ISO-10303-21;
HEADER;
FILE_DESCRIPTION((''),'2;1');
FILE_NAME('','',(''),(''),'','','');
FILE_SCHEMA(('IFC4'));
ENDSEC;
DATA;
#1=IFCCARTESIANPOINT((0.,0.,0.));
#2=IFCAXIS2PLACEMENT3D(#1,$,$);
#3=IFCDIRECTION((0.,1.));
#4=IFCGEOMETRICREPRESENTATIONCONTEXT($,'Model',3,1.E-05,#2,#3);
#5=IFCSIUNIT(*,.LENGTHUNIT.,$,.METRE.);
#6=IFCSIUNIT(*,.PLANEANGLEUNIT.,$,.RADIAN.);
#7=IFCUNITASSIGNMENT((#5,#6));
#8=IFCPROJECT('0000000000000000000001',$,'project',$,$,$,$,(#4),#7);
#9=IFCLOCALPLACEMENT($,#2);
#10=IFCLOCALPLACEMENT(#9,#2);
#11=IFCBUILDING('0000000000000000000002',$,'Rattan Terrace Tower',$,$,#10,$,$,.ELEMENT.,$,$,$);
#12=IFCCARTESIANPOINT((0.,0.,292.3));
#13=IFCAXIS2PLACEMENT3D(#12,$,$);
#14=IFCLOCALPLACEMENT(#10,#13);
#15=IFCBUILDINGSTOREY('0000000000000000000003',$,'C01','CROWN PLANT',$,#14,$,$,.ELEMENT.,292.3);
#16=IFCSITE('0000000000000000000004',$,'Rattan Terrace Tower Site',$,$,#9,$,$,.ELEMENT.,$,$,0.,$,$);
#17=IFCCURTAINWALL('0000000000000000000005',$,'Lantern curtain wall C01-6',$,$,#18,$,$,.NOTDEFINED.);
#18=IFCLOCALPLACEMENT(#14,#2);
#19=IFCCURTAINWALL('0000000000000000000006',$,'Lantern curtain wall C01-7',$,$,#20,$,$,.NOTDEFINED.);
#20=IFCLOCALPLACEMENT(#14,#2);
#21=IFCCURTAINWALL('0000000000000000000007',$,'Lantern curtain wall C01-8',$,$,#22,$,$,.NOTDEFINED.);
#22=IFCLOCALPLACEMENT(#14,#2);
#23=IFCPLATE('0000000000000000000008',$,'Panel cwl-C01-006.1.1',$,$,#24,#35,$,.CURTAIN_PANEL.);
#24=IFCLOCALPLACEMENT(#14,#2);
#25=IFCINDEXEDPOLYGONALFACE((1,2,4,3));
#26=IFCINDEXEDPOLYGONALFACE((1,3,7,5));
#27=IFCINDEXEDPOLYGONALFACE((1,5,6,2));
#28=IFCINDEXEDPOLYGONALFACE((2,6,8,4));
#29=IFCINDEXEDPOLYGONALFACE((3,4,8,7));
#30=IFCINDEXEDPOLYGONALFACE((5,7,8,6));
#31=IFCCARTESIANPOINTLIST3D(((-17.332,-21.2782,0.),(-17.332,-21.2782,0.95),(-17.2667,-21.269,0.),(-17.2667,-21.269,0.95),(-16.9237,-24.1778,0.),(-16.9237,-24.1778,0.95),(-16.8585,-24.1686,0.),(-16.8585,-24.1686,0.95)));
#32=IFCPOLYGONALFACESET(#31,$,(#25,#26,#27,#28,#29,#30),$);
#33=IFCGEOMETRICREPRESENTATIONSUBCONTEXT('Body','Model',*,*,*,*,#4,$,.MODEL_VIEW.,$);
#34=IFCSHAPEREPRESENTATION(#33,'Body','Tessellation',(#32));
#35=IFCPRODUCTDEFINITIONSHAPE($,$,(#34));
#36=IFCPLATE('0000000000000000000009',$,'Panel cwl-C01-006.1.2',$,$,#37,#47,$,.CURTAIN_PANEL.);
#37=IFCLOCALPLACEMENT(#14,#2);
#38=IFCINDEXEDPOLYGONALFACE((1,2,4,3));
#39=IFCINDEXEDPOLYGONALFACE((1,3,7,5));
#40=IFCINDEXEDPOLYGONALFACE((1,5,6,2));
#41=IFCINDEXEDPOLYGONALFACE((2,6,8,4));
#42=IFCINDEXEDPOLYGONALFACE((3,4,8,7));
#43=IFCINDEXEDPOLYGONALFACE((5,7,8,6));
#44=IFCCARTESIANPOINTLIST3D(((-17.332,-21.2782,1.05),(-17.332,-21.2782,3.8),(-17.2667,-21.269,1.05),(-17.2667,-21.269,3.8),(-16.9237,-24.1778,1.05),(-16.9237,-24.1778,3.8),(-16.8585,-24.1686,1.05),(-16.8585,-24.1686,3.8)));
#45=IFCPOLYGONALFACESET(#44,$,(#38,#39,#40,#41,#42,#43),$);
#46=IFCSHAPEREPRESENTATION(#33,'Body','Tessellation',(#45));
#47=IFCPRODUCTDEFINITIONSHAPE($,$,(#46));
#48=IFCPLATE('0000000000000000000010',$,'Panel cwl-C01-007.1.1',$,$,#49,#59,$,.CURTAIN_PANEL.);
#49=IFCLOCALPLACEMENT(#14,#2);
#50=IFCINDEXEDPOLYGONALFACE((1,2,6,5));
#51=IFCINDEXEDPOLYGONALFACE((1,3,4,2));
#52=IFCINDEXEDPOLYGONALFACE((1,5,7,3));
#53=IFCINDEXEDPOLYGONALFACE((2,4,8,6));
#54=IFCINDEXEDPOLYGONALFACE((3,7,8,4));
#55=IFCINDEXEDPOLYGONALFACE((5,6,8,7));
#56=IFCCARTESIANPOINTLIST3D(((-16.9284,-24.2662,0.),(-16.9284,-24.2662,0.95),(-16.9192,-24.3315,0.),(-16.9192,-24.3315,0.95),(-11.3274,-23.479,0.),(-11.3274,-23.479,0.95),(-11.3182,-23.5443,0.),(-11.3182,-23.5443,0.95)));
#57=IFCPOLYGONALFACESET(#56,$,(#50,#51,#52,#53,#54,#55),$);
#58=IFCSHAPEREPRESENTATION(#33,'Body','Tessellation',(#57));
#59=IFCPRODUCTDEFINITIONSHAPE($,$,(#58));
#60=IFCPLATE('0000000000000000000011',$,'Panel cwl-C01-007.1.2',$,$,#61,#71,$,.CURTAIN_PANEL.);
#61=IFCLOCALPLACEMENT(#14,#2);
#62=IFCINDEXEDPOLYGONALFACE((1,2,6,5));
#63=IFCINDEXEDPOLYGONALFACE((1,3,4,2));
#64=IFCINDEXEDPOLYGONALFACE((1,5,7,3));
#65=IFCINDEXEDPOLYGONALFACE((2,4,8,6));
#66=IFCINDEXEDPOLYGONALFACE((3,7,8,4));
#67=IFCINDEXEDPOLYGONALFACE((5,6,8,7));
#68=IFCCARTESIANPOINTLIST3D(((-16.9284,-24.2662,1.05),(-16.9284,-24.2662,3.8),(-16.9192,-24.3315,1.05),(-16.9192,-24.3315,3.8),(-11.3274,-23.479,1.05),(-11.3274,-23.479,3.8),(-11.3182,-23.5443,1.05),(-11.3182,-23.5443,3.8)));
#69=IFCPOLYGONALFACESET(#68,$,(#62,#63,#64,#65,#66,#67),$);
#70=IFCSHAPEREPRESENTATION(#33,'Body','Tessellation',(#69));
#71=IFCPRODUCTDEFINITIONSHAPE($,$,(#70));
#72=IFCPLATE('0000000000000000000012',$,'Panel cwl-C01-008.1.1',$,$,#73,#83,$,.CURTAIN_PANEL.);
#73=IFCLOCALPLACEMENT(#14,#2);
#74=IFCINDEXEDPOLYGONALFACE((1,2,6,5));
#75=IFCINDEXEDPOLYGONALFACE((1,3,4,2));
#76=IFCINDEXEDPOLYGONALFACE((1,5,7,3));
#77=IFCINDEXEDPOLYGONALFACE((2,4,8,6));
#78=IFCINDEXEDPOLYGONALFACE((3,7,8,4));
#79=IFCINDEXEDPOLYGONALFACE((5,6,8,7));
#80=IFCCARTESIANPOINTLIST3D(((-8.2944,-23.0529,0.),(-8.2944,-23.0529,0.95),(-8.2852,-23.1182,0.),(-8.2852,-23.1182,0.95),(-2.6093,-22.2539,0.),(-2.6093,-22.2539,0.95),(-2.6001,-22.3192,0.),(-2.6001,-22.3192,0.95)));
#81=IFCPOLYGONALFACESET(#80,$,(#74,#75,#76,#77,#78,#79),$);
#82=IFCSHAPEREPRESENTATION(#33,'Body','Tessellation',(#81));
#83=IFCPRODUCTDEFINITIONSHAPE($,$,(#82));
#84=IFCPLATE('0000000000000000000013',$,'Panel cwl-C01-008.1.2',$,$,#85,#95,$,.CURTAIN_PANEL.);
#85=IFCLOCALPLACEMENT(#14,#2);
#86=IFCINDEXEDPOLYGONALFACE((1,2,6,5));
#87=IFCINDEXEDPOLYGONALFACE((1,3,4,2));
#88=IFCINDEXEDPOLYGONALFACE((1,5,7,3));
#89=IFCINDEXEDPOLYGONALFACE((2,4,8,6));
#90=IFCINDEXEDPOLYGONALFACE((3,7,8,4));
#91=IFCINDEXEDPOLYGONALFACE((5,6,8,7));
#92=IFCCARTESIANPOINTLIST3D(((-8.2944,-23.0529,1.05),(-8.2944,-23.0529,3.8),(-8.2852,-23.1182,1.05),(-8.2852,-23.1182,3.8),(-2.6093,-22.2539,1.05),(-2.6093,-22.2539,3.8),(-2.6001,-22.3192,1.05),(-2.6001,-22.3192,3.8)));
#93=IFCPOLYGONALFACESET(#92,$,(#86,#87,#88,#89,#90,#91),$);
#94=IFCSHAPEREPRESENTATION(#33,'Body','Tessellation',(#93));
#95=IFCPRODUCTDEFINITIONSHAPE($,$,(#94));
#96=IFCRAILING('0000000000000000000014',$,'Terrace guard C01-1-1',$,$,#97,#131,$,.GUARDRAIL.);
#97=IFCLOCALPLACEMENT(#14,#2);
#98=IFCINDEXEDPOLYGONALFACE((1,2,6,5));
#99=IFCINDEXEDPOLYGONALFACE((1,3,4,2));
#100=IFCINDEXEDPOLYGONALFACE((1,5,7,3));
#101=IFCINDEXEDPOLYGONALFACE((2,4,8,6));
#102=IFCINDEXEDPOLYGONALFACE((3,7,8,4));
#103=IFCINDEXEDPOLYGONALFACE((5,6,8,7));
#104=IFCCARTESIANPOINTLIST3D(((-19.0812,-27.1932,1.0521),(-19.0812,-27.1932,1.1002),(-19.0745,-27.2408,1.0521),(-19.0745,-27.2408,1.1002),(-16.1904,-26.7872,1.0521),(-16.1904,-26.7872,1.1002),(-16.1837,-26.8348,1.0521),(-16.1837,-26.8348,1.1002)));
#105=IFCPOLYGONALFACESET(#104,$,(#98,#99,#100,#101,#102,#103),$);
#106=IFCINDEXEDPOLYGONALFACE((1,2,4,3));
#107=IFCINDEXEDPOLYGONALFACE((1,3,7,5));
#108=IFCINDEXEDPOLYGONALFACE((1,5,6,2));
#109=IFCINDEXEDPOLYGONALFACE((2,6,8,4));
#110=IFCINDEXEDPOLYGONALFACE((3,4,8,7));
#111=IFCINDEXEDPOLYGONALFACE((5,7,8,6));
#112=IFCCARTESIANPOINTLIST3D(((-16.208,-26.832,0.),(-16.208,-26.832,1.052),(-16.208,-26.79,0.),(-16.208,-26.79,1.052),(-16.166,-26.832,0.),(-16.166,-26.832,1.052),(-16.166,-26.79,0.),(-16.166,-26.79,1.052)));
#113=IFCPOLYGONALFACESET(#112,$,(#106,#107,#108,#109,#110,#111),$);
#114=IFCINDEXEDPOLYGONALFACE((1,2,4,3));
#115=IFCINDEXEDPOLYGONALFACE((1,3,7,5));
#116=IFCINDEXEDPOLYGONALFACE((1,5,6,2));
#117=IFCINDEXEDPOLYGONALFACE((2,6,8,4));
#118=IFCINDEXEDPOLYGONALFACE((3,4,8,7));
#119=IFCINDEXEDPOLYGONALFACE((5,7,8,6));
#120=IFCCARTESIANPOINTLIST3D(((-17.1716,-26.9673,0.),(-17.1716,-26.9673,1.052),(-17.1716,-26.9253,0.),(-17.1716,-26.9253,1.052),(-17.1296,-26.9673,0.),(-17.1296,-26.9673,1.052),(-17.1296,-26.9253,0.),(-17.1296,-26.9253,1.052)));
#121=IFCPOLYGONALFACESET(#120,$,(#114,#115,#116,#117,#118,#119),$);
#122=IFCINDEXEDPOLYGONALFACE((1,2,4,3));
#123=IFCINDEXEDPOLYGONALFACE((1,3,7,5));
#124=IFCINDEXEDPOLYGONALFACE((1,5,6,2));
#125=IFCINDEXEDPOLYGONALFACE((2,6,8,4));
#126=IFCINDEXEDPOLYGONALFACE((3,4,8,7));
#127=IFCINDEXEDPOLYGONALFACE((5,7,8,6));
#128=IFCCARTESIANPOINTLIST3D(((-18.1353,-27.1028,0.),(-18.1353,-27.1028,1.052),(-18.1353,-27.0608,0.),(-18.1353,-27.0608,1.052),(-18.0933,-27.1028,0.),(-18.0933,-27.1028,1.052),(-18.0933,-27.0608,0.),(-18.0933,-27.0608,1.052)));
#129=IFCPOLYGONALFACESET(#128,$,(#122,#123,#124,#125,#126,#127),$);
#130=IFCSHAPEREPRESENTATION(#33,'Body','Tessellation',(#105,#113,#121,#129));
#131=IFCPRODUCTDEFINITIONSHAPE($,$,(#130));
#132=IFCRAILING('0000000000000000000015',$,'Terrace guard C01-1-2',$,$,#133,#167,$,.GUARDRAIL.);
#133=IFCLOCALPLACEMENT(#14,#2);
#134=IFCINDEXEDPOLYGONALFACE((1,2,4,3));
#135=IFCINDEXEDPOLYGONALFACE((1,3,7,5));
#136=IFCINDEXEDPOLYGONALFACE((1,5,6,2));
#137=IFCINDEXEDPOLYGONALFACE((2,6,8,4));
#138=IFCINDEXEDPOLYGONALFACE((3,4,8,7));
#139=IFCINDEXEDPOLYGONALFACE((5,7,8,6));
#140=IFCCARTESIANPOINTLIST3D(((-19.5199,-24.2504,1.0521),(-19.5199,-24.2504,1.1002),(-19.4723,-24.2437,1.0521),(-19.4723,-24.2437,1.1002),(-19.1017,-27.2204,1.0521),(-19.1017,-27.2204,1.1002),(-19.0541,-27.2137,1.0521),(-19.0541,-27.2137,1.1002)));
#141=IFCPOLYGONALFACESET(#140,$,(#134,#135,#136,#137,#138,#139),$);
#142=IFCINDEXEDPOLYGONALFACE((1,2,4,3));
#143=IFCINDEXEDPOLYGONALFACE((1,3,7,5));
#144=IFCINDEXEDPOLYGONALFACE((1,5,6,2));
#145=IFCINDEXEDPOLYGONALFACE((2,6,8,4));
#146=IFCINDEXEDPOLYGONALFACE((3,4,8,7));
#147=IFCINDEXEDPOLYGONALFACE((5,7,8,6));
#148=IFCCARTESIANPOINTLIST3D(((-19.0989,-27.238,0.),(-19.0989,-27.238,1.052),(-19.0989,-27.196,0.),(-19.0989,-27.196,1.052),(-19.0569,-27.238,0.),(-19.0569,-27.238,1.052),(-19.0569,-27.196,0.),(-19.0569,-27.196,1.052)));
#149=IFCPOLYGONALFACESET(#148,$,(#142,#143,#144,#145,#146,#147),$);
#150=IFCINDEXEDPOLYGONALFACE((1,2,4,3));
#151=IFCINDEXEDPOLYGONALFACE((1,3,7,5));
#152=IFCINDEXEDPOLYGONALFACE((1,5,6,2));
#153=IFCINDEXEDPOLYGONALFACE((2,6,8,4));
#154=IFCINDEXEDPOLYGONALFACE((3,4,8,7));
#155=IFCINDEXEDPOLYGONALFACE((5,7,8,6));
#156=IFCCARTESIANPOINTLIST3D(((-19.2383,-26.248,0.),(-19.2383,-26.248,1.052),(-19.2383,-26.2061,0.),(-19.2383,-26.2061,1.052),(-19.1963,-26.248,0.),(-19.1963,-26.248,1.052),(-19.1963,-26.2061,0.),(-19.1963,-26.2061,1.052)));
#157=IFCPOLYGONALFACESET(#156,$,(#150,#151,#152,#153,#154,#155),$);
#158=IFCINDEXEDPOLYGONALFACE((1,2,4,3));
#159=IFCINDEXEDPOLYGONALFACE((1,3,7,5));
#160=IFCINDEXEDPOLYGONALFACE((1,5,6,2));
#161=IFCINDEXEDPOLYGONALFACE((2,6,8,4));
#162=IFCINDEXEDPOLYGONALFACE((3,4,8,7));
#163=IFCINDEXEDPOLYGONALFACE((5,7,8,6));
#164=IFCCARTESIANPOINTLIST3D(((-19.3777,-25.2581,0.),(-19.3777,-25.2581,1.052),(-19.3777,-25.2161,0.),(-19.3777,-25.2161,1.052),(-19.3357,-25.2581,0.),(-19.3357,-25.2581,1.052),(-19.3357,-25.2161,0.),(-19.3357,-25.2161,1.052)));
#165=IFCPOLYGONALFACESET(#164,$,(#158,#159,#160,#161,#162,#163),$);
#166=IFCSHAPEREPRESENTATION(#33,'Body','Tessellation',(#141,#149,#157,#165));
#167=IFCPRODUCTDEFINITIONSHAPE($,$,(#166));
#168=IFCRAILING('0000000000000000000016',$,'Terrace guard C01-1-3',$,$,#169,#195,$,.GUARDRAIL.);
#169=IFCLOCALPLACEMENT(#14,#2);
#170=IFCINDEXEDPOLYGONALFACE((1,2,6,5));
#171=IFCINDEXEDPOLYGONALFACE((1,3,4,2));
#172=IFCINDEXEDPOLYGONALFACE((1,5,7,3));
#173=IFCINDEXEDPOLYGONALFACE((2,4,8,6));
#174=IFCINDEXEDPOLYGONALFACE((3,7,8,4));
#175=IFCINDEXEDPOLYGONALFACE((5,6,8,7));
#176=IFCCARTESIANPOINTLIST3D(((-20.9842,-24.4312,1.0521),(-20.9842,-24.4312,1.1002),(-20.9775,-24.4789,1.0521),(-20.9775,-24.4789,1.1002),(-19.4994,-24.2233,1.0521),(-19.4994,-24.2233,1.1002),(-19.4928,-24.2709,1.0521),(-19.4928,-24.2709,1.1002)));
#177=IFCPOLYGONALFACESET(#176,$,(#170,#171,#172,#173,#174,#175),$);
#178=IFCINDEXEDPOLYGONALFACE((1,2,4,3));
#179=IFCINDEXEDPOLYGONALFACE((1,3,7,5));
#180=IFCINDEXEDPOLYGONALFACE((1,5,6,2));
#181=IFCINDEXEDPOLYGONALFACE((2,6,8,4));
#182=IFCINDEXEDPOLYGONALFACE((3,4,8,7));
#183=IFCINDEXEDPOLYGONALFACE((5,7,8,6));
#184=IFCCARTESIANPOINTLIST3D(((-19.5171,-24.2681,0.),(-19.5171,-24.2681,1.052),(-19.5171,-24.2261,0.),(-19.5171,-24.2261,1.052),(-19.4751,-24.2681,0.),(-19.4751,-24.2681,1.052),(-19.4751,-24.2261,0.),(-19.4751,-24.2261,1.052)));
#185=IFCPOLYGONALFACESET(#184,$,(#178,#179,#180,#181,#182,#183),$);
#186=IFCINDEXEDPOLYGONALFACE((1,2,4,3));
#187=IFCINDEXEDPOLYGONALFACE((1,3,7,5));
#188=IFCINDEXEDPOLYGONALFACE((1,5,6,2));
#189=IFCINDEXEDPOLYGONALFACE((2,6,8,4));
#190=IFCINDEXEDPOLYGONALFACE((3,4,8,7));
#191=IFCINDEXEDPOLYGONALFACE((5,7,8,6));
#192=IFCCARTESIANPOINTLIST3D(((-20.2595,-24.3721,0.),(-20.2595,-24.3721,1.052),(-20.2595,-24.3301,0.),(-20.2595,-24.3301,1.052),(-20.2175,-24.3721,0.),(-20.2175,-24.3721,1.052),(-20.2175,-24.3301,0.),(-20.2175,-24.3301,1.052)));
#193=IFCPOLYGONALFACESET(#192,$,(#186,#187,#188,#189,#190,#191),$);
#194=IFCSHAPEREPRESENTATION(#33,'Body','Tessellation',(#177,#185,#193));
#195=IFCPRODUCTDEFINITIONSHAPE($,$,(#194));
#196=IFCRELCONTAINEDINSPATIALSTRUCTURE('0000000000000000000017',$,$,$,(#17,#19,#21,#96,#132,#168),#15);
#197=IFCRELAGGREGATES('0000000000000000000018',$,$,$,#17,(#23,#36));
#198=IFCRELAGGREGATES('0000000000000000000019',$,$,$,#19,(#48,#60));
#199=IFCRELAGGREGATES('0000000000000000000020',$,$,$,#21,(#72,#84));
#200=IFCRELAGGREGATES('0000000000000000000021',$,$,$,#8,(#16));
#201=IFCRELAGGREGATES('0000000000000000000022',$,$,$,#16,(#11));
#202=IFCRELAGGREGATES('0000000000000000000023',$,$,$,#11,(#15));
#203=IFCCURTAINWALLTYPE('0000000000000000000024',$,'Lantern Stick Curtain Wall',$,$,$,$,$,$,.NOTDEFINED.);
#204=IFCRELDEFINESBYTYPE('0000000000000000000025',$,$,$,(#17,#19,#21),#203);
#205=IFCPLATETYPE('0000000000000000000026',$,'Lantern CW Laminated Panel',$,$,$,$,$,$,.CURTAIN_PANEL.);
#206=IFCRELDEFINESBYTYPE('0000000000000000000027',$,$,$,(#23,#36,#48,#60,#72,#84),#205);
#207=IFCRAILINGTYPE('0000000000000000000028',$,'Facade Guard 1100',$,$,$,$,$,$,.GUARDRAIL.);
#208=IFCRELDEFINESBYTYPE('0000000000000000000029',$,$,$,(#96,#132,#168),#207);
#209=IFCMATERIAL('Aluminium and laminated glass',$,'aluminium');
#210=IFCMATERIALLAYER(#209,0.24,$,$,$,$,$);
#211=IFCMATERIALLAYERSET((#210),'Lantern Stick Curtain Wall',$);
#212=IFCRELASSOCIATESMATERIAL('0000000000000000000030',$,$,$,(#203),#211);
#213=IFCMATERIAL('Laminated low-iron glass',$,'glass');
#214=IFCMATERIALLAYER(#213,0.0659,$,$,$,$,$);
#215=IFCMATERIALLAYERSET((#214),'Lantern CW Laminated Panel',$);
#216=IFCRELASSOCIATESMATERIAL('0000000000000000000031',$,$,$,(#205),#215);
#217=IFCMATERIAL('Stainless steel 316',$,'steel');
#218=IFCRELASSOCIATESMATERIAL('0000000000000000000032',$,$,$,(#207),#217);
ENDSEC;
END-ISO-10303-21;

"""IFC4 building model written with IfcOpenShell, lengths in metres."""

from ifc_helpers import new_model, si_unit, direction, frame, origin, origin_2d, place, context, subcontext, project, spatial, rectangle, extrude, material, layer, layer_set, type_object, element, aggregate, save


model = new_model("IFC4")

# Units and contexts
model_context = context("Model", 3, precision=1e-05, world=origin(), true_north=direction((0.0, 1.0)))
body_context = subcontext(model_context, "Body", "Model", "MODEL_VIEW")
ifc_project = project(units=[si_unit("LENGTHUNIT", "METRE"), si_unit("PLANEANGLEUNIT", "RADIAN")], contexts=[model_context])

# Site, building, storey
site_placement = place(None, origin())
site = spatial("IfcSite", under=ifc_project, at=site_placement, Name="Rattan Terrace Tower Site", CompositionType="ELEMENT", RefElevation=0.0)
building_placement = place(site_placement, origin())
building = spatial("IfcBuilding", under=site, at=building_placement, Name="Rattan Terrace Tower", CompositionType="ELEMENT")
storey_placement = place(building_placement, frame((0.0, 0.0, 292.3)))
storey = spatial("IfcBuildingStorey", under=building, at=storey_placement, Name="C01", Description="CROWN PLANT", CompositionType="ELEMENT", Elevation=292.3)

# Curtain wall
ifc_material_1 = material(Name="Aluminium and laminated glass", Category="aluminium")
ifc_layer_1 = layer(ifc_material_1, 0.24)
ifc_layer_set_1 = layer_set([ifc_layer_1], Name="Lantern Stick Curtain Wall")
curtain_wall_type = type_object("IfcCurtainWallType", Name="Lantern Stick Curtain Wall", PredefinedType="NOTDEFINED", material=ifc_layer_set_1)
curtain_wall_1_placement = place(storey_placement, origin())
curtain_wall_1 = element("IfcCurtainWall", 1, at=curtain_wall_1_placement, inside=storey, type_object=curtain_wall_type, Name="Lantern curtain wall C01-6", PredefinedType="NOTDEFINED")

# Curtain walls
curtain_wall_2_placement = place(storey_placement, origin())
curtain_wall_2 = element("IfcCurtainWall", 2, at=curtain_wall_2_placement, inside=storey, type_object=curtain_wall_type, Name="Lantern curtain wall C01-7", PredefinedType="NOTDEFINED")
curtain_wall_3_placement = place(storey_placement, origin())
curtain_wall_3 = element("IfcCurtainWall", 3, at=curtain_wall_3_placement, inside=storey, type_object=curtain_wall_type, Name="Lantern curtain wall C01-8", PredefinedType="NOTDEFINED")

# Shared definitions
ifc_material_2 = material(Name="Laminated low-iron glass", Category="glass")
ifc_layer_2 = layer(ifc_material_2, 0.0659)
ifc_layer_set_2 = layer_set([ifc_layer_2], Name="Lantern CW Laminated Panel")
plate_type = type_object("IfcPlateType", Name="Lantern CW Laminated Panel", PredefinedType="CURTAIN_PANEL", material=ifc_layer_set_2)

# Plates
plate_1_placement = place(storey_placement, frame((-17.0952, -22.7234, 0.0), z_axis=(0.0, 0.0, 1.0), x_axis=(0.139413, -0.990234, 0.0)))
plate_1 = element("IfcPlate", 4, at=plate_1_placement, type_object=plate_type, Name="Panel cwl-C01-006.1.1", PredefinedType="CURTAIN_PANEL", context=body_context, shape_type="SweptSolid", body=[
    extrude(rectangle(XDim=2.9282, YDim=0.0659, at=origin_2d()), origin(), (0.0, 0.0, 1.0), 0.95),
])
plate_2_placement = place(storey_placement, frame((-17.0952, -22.7234, 1.05), z_axis=(0.0, 0.0, 1.0), x_axis=(0.139413, -0.990234, 0.0)))
plate_2 = element("IfcPlate", 5, at=plate_2_placement, type_object=plate_type, Name="Panel cwl-C01-006.1.2", PredefinedType="CURTAIN_PANEL", context=body_context, shape_type="SweptSolid", body=[
    extrude(rectangle(XDim=2.9282, YDim=0.0659, at=origin_2d()), origin(), (0.0, 0.0, 1.0), 2.75),
])
aggregate(curtain_wall_1, [plate_1, plate_2])
plate_3_placement = place(storey_placement, frame((-14.1233, -23.9053, 0.0), z_axis=(0.0, 0.0, 1.0), x_axis=(0.990267, 0.139181, 0.0)))
plate_3 = element("IfcPlate", 6, at=plate_3_placement, type_object=plate_type, Name="Panel cwl-C01-007.1.1", PredefinedType="CURTAIN_PANEL", context=body_context, shape_type="SweptSolid", body=[
    extrude(rectangle(XDim=5.656, YDim=0.0659, at=origin_2d()), origin(), (0.0, 0.0, 1.0), 0.95),
])
plate_4_placement = place(storey_placement, frame((-14.1233, -23.9053, 1.05), z_axis=(0.0, 0.0, 1.0), x_axis=(0.990267, 0.139181, 0.0)))
plate_4 = element("IfcPlate", 7, at=plate_4_placement, type_object=plate_type, Name="Panel cwl-C01-007.1.2", PredefinedType="CURTAIN_PANEL", context=body_context, shape_type="SweptSolid", body=[
    extrude(rectangle(XDim=5.656, YDim=0.0659, at=origin_2d()), origin(), (0.0, 0.0, 1.0), 2.75),
])
aggregate(curtain_wall_2, [plate_3, plate_4])
plate_5_placement = place(storey_placement, frame((-5.4473, -22.686, 0.0), z_axis=(0.0, 0.0, 1.0), x_axis=(0.990267, 0.139181, 0.0)))
plate_5 = element("IfcPlate", 8, at=plate_5_placement, type_object=plate_type, Name="Panel cwl-C01-008.1.1", PredefinedType="CURTAIN_PANEL", context=body_context, shape_type="SweptSolid", body=[
    extrude(rectangle(XDim=5.741, YDim=0.0659, at=origin_2d()), origin(), (0.0, 0.0, 1.0), 0.95),
])
plate_6_placement = place(storey_placement, frame((-5.4473, -22.686, 1.05), z_axis=(0.0, 0.0, 1.0), x_axis=(0.990267, 0.139181, 0.0)))
plate_6 = element("IfcPlate", 9, at=plate_6_placement, type_object=plate_type, Name="Panel cwl-C01-008.1.2", PredefinedType="CURTAIN_PANEL", context=body_context, shape_type="SweptSolid", body=[
    extrude(rectangle(XDim=5.741, YDim=0.0659, at=origin_2d()), origin(), (0.0, 0.0, 1.0), 2.75),
])
aggregate(curtain_wall_3, [plate_5, plate_6])

# Railings
ifc_material_3 = material(Name="Stainless steel 316", Category="steel")
railing_type = type_object("IfcRailingType", Name="Facade Guard 1100", PredefinedType="GUARDRAIL", material=ifc_material_3)
railing_1_placement = place(storey_placement, frame((-16.187, -26.811, 0.0)))
element("IfcRailing", 10, at=railing_1_placement, inside=storey, type_object=railing_type, Name="Terrace guard C01-1-1", PredefinedType="GUARDRAIL", context=body_context, shape_type="SweptSolid", body=[
    extrude(rectangle(XDim=0.0481, YDim=0.0481, at=origin_2d()), frame((0.0, 0.0, 1.0762), z_axis=(-0.990281, -0.139079, 0.0), x_axis=(0.139079, -0.990281, 0.0)), (0.0, 0.0, 1.0), 2.9192),
    extrude(rectangle(XDim=0.042, YDim=0.042, at=origin_2d()), origin(), (0.0, 0.0, 1.0), 1.052),
    extrude(rectangle(XDim=0.042, YDim=0.042, at=origin_2d()), frame((-0.9636, -0.1353, 0.0)), (0.0, 0.0, 1.0), 1.052),
    extrude(rectangle(XDim=0.042, YDim=0.042, at=origin_2d()), frame((-1.9272, -0.2708, 0.0)), (0.0, 0.0, 1.0), 1.052),
])
railing_2_placement = place(storey_placement, frame((-19.0779, -27.217, 0.0)))
element("IfcRailing", 11, at=railing_2_placement, inside=storey, type_object=railing_type, Name="Terrace guard C01-1-2", PredefinedType="GUARDRAIL", context=body_context, shape_type="SweptSolid", body=[
    extrude(rectangle(XDim=0.0481, YDim=0.0481, at=origin_2d()), frame((0.0, 0.0, 1.0762), z_axis=(-0.139438, 0.990231, 0.0), x_axis=(-0.990231, -0.139438, 0.0)), (0.0, 0.0, 1.0), 2.9993),
    extrude(rectangle(XDim=0.042, YDim=0.042, at=origin_2d()), origin(), (0.0, 0.0, 1.0), 1.052),
    extrude(rectangle(XDim=0.042, YDim=0.042, at=origin_2d()), frame((-0.1394, 0.99, 0.0)), (0.0, 0.0, 1.0), 1.052),
    extrude(rectangle(XDim=0.042, YDim=0.042, at=origin_2d()), frame((-0.2788, 1.98, 0.0)), (0.0, 0.0, 1.0), 1.052),
])
railing_3_placement = place(storey_placement, frame((-19.4961, -24.2471, 0.0)))
element("IfcRailing", 12, at=railing_3_placement, inside=storey, type_object=railing_type, Name="Terrace guard C01-1-3", PredefinedType="GUARDRAIL", context=body_context, shape_type="SweptSolid", body=[
    extrude(rectangle(XDim=0.0481, YDim=0.0481, at=origin_2d()), frame((0.0, 0.0, 1.0762), z_axis=(-0.99033, -0.138731, 0.0), x_axis=(0.138731, -0.99033, 0.0)), (0.0, 0.0, 1.0), 1.4993),
    extrude(rectangle(XDim=0.042, YDim=0.042, at=origin_2d()), origin(), (0.0, 0.0, 1.0), 1.052),
    extrude(rectangle(XDim=0.042, YDim=0.042, at=origin_2d()), frame((-0.7424, -0.104, 0.0)), (0.0, 0.0, 1.0), 1.052),
])

save(model, "model.ifc")
